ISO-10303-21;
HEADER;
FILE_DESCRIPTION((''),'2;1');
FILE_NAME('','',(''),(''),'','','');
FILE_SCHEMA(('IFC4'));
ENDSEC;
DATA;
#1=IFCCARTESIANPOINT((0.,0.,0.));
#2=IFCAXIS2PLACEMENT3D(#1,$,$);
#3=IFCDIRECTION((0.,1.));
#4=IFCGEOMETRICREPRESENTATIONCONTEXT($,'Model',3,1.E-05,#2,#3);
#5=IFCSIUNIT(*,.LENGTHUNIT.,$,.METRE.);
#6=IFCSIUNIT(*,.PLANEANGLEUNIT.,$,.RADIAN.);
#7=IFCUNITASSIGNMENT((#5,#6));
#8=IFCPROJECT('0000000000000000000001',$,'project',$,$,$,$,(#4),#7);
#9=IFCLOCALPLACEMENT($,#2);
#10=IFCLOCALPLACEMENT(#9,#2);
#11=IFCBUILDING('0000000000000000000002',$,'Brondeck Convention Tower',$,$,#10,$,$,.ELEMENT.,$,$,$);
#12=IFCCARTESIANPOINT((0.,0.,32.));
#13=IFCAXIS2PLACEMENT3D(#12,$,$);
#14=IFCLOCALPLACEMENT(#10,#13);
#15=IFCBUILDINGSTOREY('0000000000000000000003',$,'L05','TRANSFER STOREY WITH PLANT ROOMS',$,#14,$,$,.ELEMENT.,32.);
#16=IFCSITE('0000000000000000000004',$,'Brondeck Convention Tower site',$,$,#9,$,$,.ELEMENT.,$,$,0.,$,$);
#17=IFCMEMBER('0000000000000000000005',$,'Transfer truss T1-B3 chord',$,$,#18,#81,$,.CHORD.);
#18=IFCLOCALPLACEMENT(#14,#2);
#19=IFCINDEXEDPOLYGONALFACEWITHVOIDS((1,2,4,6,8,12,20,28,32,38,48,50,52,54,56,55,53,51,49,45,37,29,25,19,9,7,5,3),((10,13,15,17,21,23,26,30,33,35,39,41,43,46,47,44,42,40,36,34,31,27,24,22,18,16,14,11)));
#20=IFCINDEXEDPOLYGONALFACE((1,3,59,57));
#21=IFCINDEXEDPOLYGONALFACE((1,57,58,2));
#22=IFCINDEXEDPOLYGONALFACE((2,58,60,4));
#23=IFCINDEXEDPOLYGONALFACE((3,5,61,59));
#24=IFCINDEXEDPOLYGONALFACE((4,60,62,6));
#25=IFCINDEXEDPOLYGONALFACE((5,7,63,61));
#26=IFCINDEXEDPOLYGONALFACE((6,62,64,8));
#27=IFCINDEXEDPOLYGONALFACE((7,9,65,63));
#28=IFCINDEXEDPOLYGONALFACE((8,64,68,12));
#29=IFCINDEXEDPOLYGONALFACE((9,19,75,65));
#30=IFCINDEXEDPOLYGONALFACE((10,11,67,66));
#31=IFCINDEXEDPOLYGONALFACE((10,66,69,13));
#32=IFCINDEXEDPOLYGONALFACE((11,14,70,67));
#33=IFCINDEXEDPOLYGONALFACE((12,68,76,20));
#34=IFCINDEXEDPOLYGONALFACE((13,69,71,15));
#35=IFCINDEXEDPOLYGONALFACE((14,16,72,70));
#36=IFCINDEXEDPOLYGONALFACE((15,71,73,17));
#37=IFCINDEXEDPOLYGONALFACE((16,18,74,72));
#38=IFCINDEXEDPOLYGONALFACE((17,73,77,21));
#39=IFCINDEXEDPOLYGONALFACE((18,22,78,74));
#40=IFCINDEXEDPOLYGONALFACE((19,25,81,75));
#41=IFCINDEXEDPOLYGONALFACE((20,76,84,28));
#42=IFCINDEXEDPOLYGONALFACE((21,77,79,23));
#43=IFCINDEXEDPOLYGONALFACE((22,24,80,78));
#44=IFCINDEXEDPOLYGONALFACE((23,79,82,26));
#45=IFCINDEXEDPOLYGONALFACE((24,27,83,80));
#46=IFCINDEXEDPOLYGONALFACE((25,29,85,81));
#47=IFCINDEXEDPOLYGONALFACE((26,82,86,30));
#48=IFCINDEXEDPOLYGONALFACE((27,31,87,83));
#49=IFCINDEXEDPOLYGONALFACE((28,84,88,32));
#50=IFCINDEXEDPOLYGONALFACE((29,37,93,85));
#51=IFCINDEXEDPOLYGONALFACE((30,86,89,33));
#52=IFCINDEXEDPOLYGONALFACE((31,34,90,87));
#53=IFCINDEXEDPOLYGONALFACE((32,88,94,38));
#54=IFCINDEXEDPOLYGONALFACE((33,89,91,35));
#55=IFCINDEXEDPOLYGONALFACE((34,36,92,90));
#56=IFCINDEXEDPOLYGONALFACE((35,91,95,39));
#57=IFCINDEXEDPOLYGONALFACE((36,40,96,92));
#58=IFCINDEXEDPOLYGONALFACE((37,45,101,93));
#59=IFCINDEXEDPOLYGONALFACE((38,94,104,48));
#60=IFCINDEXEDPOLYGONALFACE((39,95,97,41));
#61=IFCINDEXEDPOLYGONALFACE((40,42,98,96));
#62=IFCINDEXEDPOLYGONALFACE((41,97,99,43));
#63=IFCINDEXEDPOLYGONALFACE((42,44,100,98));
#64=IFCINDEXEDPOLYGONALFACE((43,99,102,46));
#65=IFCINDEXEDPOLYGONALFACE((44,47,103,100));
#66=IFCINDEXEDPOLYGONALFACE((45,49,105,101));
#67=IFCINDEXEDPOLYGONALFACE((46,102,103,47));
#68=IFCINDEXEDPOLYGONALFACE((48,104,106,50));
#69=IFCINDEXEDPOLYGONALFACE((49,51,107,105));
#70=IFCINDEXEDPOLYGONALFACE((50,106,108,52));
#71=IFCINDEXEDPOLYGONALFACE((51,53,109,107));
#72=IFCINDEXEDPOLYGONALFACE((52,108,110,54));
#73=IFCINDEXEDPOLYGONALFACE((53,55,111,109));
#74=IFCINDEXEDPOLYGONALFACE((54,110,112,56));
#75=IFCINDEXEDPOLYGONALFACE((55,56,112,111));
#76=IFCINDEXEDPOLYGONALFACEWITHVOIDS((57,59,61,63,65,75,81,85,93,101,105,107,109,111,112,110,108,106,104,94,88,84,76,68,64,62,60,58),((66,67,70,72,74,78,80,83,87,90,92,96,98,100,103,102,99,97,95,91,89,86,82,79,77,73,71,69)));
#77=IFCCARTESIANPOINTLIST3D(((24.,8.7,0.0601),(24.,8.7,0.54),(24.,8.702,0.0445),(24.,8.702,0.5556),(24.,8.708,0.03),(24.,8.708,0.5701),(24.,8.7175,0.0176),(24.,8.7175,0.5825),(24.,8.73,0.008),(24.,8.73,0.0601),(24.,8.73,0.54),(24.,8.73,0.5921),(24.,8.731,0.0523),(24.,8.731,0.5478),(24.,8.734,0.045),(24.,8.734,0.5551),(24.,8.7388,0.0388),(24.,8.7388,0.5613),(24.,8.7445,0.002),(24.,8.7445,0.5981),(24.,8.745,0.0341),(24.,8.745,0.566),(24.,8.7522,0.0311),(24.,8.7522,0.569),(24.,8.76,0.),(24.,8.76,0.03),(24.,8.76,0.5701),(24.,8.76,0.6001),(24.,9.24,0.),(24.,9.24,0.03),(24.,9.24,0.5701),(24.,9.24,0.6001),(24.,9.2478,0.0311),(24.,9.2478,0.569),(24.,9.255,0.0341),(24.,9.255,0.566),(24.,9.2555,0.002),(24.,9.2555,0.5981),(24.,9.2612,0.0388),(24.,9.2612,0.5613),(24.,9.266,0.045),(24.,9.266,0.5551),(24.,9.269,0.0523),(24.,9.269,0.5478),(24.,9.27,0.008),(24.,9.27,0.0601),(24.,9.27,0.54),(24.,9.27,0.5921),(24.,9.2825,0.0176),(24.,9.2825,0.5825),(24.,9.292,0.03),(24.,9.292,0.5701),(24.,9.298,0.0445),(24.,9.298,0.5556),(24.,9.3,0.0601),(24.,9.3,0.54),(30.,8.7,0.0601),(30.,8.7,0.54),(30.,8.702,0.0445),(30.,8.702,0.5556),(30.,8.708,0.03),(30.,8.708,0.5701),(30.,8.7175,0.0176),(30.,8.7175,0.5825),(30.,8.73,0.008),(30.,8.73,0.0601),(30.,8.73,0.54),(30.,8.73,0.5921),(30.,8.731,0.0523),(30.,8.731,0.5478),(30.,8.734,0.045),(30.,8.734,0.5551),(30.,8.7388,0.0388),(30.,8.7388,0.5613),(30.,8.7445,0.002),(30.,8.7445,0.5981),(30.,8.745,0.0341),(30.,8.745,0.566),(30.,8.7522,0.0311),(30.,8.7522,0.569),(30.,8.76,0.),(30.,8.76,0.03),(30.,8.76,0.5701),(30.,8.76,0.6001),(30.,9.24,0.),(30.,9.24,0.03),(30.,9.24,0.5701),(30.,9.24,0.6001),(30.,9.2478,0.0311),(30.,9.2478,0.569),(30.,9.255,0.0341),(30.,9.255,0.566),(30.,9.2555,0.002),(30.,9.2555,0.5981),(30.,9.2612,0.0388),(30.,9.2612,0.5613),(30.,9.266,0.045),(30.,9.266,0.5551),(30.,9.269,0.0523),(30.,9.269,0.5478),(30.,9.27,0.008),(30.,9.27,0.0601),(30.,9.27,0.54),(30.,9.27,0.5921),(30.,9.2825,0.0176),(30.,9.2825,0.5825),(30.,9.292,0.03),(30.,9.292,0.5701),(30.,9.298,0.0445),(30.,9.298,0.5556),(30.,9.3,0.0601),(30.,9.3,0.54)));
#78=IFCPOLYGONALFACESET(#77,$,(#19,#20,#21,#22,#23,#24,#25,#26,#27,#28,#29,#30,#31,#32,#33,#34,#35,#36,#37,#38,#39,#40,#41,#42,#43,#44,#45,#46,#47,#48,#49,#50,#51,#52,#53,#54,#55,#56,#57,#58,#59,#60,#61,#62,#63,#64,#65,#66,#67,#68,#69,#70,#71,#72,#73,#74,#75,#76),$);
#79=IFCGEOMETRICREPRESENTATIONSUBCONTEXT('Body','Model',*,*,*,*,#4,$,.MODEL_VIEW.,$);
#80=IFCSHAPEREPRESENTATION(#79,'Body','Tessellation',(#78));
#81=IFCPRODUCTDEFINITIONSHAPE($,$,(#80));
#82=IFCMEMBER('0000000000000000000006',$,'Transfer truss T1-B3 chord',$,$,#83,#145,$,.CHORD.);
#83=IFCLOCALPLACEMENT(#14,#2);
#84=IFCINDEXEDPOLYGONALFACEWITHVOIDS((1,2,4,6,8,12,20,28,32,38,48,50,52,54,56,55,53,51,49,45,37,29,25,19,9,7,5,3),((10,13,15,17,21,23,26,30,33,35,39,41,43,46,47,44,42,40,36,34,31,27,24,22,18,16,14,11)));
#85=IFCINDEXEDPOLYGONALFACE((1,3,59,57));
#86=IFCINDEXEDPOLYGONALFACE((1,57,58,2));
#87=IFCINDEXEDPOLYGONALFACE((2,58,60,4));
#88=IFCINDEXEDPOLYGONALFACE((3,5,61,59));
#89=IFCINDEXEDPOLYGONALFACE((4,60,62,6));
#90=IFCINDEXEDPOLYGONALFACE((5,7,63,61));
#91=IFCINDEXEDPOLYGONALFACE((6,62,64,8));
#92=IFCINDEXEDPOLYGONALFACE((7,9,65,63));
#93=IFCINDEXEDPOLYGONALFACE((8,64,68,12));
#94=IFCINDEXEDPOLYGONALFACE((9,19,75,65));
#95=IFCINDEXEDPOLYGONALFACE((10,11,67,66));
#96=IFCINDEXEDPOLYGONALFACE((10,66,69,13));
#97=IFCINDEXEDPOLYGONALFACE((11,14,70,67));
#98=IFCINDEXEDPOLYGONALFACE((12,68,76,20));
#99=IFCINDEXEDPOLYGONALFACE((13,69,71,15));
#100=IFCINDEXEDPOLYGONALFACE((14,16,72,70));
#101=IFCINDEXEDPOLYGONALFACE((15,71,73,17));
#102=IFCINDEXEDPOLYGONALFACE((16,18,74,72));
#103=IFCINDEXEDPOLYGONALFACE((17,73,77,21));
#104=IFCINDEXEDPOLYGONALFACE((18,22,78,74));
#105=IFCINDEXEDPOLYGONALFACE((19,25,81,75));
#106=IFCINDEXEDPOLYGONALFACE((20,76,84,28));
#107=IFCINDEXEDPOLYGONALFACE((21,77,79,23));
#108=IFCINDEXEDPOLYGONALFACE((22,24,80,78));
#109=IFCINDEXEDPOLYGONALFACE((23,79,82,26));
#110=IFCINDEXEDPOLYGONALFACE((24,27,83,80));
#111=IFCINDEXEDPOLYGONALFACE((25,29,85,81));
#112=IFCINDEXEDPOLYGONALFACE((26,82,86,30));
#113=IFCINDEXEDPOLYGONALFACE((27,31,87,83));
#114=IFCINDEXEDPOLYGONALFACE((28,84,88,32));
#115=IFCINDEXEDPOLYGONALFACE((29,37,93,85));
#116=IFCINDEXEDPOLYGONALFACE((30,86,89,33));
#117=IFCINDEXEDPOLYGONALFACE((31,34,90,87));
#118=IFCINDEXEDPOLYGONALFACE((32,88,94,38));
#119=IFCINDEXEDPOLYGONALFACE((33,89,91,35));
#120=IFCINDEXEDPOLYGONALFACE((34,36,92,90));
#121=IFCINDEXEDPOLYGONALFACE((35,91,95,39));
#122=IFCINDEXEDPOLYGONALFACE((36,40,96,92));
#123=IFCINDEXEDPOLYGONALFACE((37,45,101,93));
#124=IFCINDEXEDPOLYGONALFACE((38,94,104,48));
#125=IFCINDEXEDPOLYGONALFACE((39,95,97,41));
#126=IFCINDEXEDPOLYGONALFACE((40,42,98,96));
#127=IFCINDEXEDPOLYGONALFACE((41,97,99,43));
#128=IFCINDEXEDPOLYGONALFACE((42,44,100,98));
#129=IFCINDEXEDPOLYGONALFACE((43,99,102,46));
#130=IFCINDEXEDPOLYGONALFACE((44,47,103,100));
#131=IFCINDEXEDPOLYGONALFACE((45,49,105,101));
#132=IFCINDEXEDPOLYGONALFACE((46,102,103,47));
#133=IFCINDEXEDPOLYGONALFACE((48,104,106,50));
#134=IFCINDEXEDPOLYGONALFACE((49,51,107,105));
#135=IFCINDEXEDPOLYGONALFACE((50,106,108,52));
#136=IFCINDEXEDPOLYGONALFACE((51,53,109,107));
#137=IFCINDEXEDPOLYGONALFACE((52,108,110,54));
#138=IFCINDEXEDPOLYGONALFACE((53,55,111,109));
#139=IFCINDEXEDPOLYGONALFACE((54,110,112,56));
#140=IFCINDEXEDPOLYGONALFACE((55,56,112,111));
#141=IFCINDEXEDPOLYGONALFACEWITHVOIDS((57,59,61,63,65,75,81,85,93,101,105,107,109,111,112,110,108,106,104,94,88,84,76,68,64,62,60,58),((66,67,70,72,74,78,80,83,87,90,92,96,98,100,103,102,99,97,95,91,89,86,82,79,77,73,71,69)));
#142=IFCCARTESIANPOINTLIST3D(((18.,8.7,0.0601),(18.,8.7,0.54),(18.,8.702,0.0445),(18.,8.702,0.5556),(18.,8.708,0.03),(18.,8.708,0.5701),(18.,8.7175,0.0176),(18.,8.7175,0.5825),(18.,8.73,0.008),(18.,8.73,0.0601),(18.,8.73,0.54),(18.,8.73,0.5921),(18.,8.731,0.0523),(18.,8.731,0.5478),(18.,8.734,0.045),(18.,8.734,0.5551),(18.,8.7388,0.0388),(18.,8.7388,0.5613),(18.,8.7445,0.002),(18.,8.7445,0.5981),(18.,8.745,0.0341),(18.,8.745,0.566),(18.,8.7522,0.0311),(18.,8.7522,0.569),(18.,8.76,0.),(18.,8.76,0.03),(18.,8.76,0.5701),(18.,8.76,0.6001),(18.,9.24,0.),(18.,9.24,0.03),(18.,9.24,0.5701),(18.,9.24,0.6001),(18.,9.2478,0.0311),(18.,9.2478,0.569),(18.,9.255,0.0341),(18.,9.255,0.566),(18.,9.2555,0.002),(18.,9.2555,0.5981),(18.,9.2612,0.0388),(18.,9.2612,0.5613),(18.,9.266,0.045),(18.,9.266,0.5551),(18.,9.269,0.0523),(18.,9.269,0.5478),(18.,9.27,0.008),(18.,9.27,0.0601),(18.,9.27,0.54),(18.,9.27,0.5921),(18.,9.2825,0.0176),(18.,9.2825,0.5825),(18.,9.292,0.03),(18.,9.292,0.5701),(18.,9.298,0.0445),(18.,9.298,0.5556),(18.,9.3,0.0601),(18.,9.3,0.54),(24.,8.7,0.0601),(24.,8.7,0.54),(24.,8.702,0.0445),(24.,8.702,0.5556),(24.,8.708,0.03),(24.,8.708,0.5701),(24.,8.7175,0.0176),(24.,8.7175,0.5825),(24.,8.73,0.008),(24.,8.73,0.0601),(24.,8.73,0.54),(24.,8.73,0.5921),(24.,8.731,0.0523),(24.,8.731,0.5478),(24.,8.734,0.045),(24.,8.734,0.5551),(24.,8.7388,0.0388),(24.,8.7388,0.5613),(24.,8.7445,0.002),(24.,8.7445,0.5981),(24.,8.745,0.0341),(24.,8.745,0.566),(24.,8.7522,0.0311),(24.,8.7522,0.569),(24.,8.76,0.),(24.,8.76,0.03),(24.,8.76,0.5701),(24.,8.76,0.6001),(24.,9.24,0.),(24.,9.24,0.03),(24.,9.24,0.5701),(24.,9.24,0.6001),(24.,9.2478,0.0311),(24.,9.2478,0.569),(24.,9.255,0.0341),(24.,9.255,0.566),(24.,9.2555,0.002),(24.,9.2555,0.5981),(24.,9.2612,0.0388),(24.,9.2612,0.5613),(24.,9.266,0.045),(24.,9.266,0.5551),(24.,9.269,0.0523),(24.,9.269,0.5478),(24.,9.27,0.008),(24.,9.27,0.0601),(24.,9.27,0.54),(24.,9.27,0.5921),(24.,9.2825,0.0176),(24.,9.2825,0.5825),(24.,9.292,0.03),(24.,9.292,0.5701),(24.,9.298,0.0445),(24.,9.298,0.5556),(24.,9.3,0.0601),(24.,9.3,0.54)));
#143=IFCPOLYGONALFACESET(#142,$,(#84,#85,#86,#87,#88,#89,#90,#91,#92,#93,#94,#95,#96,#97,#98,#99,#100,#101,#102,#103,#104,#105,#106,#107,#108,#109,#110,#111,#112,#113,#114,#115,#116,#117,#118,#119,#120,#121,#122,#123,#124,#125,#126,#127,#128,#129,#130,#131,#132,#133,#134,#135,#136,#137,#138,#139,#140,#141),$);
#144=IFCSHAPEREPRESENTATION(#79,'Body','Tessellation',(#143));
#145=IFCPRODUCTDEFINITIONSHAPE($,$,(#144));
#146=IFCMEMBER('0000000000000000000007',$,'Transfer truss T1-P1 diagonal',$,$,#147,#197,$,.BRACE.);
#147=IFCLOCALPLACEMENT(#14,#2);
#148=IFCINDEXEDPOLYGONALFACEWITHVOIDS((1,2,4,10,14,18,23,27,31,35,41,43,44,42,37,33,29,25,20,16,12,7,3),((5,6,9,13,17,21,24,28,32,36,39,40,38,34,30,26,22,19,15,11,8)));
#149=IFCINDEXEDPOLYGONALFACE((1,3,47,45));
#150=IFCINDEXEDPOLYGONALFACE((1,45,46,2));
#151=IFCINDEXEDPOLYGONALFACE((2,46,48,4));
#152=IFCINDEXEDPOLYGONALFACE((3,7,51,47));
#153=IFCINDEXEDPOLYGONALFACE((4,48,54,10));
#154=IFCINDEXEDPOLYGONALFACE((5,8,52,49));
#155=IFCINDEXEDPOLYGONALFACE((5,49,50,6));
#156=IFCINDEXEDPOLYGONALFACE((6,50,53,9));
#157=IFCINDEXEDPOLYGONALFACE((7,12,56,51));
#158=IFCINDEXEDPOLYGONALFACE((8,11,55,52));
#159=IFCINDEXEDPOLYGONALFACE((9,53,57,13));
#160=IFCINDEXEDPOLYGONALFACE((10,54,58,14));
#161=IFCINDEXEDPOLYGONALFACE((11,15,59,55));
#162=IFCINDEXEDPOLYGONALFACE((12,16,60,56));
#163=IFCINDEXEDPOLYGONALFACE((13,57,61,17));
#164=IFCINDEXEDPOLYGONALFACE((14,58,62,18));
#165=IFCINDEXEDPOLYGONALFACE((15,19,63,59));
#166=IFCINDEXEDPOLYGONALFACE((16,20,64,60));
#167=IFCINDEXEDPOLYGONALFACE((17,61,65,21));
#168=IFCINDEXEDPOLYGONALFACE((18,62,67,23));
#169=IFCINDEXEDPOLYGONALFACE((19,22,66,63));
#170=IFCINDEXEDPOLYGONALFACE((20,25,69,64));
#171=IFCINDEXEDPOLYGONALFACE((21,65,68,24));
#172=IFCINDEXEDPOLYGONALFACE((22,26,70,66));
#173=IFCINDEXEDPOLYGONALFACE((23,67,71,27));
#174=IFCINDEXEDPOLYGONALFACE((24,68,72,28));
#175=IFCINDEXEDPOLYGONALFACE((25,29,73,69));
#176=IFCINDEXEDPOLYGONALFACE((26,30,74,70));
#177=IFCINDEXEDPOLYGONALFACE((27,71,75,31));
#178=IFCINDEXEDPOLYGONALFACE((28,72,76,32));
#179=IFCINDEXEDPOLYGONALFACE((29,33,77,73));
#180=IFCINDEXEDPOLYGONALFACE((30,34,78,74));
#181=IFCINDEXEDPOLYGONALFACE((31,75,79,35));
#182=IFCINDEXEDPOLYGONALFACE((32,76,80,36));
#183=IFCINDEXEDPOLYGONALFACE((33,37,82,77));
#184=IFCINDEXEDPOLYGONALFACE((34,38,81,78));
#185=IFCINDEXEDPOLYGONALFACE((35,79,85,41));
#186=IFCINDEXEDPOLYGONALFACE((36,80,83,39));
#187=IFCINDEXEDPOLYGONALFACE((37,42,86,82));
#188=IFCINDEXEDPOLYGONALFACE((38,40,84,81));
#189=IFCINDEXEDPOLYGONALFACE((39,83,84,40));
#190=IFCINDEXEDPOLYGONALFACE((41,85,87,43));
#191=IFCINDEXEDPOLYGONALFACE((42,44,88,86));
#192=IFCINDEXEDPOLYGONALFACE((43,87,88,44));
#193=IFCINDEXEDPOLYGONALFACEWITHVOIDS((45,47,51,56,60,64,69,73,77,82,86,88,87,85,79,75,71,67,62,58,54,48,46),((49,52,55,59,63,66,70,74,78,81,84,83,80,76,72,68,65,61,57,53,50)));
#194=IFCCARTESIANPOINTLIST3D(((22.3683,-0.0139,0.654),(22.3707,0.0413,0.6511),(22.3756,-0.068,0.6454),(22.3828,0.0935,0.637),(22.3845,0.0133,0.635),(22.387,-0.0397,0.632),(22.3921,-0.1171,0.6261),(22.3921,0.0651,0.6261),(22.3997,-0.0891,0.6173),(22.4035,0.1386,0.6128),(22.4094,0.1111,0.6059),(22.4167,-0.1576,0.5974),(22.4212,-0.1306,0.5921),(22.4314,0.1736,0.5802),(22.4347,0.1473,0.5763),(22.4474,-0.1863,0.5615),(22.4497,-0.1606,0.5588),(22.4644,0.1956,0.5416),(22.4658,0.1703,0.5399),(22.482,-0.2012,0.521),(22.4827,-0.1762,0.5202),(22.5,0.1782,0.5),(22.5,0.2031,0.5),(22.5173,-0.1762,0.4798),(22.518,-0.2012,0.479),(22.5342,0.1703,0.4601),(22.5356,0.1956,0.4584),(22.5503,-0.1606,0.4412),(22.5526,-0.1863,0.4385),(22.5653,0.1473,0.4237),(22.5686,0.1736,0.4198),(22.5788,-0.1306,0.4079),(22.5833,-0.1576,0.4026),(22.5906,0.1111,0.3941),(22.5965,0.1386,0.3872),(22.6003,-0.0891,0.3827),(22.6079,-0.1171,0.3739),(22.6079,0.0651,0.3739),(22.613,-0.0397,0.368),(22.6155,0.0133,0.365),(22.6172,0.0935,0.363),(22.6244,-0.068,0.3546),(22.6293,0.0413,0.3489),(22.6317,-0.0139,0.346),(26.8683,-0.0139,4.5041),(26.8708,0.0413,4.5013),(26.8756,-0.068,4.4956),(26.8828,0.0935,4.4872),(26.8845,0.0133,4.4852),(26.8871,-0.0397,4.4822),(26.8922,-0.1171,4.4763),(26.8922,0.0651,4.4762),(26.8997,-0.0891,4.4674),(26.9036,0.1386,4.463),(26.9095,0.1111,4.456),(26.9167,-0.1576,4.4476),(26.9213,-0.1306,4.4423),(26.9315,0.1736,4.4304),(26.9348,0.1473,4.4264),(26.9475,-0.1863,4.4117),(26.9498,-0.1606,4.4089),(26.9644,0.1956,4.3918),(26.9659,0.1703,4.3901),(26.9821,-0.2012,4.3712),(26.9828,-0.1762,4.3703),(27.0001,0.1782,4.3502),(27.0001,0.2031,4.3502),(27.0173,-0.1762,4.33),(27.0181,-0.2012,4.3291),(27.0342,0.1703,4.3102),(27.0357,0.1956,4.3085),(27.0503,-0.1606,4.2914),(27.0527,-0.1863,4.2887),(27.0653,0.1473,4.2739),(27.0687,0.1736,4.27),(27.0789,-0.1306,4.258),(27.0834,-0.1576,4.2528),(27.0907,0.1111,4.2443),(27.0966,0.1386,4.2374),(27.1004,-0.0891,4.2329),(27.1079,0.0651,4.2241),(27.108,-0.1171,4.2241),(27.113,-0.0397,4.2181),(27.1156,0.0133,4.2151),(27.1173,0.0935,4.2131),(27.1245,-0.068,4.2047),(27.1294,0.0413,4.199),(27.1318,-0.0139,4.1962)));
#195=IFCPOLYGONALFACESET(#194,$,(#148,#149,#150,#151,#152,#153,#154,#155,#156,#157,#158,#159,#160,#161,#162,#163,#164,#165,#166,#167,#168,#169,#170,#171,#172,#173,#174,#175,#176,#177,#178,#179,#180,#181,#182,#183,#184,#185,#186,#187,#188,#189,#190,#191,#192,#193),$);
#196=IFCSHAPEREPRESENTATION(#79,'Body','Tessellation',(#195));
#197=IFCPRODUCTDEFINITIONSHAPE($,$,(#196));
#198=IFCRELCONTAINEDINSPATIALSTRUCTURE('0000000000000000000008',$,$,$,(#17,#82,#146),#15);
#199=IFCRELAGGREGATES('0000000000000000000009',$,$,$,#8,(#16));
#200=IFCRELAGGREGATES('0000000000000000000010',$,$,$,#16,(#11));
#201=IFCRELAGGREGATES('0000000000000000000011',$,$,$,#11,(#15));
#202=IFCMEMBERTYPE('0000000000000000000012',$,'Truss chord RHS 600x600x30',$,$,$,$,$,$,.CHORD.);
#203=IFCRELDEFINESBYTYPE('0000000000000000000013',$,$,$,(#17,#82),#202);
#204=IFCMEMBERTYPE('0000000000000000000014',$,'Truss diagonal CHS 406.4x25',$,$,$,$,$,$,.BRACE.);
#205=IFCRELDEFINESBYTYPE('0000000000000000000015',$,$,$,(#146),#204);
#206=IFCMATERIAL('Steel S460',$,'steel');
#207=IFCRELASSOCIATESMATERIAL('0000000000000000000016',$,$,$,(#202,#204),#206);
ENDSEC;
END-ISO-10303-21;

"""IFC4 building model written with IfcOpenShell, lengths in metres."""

from ifc_helpers import new_model, si_unit, direction, frame, origin, origin_2d, place, context, subcontext, project, spatial, hollow_rectangle, hollow_circle, extrude, material, material_profile, profile_set, type_object, element, save


model = new_model("IFC4")

# Units and contexts
model_context = context("Model", 3, precision=1e-05, world=origin(), true_north=direction((0.0, 1.0)))
body_context = subcontext(model_context, "Body", "Model", "MODEL_VIEW")
ifc_project = project(units=[si_unit("LENGTHUNIT", "METRE"), si_unit("PLANEANGLEUNIT", "RADIAN")], contexts=[model_context])

# Site, building, storey
site_placement = place(None, origin())
site = spatial("IfcSite", under=ifc_project, at=site_placement, Name="Brondeck Convention Tower site", CompositionType="ELEMENT", RefElevation=0.0)
building_placement = place(site_placement, origin())
building = spatial("IfcBuilding", under=site, at=building_placement, Name="Brondeck Convention Tower", CompositionType="ELEMENT")
storey_placement = place(building_placement, frame((0.0, 0.0, 32.0)))
storey = spatial("IfcBuildingStorey", under=building, at=storey_placement, Name="L05", Description="TRANSFER STOREY WITH PLANT ROOMS", CompositionType="ELEMENT", Elevation=32.0)

# Shared definitions
ifc_material_1 = material(Name="Steel S460", Category="steel")

# Members
ifc_material_profile_1 = material_profile(ifc_material_1, hollow_rectangle(XDim=0.6001, YDim=0.6001, WallThickness=0.03, InnerFilletRadius=0.03, OuterFilletRadius=0.0601, at=origin_2d()), Name="RHS 600x600x30")
ifc_profile_set_1 = profile_set([ifc_material_profile_1], Name="Steel S460")
member_type_1 = type_object("IfcMemberType", Name="Truss chord RHS 600x600x30", PredefinedType="CHORD", material=ifc_profile_set_1)
for number, where, z_axis, x_axis, name in (
    (1, (30.0, 9.0, 0.3), (-1.0, 0.0, 0.0), (0.0, -1.0, 0.0), "Transfer truss T1-B3 chord"),
    (2, (24.0, 9.0, 0.3), (-1.0, 0.0, 0.0), (0.0, -1.0, 0.0), "Transfer truss T1-B3 chord"),
):
    element("IfcMember", number, at=place(storey_placement, frame(where, z_axis=z_axis, x_axis=x_axis)), inside=storey, type_object=member_type_1, Name=name, PredefinedType="CHORD", context=body_context, shape_type="SweptSolid", body=[
        extrude(hollow_rectangle(XDim=0.6001, YDim=0.6001, WallThickness=0.03, InnerFilletRadius=0.03, OuterFilletRadius=0.0601, at=origin_2d()), origin(), (0.0, 0.0, 1.0), 6.0),
    ])
ifc_material_profile_2 = material_profile(ifc_material_1, hollow_circle(Radius=0.2031, WallThickness=0.0249, at=origin_2d()), Name="CHS 406.4x25")
ifc_profile_set_2 = profile_set([ifc_material_profile_2], Name="Steel S460")
member_type_2 = type_object("IfcMemberType", Name="Truss diagonal CHS 406.4x25", PredefinedType="BRACE", material=ifc_profile_set_2)
for number, where, z_axis, x_axis, name in (
    (3, (22.5, 0.0, 0.5), (0.759844, 0.0, 0.650105), (0.0, 1.0, 0.0), "Transfer truss T1-P1 diagonal"),
):
    element("IfcMember", number, at=place(storey_placement, frame(where, z_axis=z_axis, x_axis=x_axis)), inside=storey, type_object=member_type_2, Name=name, PredefinedType="BRACE", context=body_context, shape_type="SweptSolid", body=[
        extrude(hollow_circle(Radius=0.2031, WallThickness=0.0249, at=origin_2d()), origin(), (0.0, 0.0, 1.0), 5.9224),
    ])

save(model, "model.ifc")
